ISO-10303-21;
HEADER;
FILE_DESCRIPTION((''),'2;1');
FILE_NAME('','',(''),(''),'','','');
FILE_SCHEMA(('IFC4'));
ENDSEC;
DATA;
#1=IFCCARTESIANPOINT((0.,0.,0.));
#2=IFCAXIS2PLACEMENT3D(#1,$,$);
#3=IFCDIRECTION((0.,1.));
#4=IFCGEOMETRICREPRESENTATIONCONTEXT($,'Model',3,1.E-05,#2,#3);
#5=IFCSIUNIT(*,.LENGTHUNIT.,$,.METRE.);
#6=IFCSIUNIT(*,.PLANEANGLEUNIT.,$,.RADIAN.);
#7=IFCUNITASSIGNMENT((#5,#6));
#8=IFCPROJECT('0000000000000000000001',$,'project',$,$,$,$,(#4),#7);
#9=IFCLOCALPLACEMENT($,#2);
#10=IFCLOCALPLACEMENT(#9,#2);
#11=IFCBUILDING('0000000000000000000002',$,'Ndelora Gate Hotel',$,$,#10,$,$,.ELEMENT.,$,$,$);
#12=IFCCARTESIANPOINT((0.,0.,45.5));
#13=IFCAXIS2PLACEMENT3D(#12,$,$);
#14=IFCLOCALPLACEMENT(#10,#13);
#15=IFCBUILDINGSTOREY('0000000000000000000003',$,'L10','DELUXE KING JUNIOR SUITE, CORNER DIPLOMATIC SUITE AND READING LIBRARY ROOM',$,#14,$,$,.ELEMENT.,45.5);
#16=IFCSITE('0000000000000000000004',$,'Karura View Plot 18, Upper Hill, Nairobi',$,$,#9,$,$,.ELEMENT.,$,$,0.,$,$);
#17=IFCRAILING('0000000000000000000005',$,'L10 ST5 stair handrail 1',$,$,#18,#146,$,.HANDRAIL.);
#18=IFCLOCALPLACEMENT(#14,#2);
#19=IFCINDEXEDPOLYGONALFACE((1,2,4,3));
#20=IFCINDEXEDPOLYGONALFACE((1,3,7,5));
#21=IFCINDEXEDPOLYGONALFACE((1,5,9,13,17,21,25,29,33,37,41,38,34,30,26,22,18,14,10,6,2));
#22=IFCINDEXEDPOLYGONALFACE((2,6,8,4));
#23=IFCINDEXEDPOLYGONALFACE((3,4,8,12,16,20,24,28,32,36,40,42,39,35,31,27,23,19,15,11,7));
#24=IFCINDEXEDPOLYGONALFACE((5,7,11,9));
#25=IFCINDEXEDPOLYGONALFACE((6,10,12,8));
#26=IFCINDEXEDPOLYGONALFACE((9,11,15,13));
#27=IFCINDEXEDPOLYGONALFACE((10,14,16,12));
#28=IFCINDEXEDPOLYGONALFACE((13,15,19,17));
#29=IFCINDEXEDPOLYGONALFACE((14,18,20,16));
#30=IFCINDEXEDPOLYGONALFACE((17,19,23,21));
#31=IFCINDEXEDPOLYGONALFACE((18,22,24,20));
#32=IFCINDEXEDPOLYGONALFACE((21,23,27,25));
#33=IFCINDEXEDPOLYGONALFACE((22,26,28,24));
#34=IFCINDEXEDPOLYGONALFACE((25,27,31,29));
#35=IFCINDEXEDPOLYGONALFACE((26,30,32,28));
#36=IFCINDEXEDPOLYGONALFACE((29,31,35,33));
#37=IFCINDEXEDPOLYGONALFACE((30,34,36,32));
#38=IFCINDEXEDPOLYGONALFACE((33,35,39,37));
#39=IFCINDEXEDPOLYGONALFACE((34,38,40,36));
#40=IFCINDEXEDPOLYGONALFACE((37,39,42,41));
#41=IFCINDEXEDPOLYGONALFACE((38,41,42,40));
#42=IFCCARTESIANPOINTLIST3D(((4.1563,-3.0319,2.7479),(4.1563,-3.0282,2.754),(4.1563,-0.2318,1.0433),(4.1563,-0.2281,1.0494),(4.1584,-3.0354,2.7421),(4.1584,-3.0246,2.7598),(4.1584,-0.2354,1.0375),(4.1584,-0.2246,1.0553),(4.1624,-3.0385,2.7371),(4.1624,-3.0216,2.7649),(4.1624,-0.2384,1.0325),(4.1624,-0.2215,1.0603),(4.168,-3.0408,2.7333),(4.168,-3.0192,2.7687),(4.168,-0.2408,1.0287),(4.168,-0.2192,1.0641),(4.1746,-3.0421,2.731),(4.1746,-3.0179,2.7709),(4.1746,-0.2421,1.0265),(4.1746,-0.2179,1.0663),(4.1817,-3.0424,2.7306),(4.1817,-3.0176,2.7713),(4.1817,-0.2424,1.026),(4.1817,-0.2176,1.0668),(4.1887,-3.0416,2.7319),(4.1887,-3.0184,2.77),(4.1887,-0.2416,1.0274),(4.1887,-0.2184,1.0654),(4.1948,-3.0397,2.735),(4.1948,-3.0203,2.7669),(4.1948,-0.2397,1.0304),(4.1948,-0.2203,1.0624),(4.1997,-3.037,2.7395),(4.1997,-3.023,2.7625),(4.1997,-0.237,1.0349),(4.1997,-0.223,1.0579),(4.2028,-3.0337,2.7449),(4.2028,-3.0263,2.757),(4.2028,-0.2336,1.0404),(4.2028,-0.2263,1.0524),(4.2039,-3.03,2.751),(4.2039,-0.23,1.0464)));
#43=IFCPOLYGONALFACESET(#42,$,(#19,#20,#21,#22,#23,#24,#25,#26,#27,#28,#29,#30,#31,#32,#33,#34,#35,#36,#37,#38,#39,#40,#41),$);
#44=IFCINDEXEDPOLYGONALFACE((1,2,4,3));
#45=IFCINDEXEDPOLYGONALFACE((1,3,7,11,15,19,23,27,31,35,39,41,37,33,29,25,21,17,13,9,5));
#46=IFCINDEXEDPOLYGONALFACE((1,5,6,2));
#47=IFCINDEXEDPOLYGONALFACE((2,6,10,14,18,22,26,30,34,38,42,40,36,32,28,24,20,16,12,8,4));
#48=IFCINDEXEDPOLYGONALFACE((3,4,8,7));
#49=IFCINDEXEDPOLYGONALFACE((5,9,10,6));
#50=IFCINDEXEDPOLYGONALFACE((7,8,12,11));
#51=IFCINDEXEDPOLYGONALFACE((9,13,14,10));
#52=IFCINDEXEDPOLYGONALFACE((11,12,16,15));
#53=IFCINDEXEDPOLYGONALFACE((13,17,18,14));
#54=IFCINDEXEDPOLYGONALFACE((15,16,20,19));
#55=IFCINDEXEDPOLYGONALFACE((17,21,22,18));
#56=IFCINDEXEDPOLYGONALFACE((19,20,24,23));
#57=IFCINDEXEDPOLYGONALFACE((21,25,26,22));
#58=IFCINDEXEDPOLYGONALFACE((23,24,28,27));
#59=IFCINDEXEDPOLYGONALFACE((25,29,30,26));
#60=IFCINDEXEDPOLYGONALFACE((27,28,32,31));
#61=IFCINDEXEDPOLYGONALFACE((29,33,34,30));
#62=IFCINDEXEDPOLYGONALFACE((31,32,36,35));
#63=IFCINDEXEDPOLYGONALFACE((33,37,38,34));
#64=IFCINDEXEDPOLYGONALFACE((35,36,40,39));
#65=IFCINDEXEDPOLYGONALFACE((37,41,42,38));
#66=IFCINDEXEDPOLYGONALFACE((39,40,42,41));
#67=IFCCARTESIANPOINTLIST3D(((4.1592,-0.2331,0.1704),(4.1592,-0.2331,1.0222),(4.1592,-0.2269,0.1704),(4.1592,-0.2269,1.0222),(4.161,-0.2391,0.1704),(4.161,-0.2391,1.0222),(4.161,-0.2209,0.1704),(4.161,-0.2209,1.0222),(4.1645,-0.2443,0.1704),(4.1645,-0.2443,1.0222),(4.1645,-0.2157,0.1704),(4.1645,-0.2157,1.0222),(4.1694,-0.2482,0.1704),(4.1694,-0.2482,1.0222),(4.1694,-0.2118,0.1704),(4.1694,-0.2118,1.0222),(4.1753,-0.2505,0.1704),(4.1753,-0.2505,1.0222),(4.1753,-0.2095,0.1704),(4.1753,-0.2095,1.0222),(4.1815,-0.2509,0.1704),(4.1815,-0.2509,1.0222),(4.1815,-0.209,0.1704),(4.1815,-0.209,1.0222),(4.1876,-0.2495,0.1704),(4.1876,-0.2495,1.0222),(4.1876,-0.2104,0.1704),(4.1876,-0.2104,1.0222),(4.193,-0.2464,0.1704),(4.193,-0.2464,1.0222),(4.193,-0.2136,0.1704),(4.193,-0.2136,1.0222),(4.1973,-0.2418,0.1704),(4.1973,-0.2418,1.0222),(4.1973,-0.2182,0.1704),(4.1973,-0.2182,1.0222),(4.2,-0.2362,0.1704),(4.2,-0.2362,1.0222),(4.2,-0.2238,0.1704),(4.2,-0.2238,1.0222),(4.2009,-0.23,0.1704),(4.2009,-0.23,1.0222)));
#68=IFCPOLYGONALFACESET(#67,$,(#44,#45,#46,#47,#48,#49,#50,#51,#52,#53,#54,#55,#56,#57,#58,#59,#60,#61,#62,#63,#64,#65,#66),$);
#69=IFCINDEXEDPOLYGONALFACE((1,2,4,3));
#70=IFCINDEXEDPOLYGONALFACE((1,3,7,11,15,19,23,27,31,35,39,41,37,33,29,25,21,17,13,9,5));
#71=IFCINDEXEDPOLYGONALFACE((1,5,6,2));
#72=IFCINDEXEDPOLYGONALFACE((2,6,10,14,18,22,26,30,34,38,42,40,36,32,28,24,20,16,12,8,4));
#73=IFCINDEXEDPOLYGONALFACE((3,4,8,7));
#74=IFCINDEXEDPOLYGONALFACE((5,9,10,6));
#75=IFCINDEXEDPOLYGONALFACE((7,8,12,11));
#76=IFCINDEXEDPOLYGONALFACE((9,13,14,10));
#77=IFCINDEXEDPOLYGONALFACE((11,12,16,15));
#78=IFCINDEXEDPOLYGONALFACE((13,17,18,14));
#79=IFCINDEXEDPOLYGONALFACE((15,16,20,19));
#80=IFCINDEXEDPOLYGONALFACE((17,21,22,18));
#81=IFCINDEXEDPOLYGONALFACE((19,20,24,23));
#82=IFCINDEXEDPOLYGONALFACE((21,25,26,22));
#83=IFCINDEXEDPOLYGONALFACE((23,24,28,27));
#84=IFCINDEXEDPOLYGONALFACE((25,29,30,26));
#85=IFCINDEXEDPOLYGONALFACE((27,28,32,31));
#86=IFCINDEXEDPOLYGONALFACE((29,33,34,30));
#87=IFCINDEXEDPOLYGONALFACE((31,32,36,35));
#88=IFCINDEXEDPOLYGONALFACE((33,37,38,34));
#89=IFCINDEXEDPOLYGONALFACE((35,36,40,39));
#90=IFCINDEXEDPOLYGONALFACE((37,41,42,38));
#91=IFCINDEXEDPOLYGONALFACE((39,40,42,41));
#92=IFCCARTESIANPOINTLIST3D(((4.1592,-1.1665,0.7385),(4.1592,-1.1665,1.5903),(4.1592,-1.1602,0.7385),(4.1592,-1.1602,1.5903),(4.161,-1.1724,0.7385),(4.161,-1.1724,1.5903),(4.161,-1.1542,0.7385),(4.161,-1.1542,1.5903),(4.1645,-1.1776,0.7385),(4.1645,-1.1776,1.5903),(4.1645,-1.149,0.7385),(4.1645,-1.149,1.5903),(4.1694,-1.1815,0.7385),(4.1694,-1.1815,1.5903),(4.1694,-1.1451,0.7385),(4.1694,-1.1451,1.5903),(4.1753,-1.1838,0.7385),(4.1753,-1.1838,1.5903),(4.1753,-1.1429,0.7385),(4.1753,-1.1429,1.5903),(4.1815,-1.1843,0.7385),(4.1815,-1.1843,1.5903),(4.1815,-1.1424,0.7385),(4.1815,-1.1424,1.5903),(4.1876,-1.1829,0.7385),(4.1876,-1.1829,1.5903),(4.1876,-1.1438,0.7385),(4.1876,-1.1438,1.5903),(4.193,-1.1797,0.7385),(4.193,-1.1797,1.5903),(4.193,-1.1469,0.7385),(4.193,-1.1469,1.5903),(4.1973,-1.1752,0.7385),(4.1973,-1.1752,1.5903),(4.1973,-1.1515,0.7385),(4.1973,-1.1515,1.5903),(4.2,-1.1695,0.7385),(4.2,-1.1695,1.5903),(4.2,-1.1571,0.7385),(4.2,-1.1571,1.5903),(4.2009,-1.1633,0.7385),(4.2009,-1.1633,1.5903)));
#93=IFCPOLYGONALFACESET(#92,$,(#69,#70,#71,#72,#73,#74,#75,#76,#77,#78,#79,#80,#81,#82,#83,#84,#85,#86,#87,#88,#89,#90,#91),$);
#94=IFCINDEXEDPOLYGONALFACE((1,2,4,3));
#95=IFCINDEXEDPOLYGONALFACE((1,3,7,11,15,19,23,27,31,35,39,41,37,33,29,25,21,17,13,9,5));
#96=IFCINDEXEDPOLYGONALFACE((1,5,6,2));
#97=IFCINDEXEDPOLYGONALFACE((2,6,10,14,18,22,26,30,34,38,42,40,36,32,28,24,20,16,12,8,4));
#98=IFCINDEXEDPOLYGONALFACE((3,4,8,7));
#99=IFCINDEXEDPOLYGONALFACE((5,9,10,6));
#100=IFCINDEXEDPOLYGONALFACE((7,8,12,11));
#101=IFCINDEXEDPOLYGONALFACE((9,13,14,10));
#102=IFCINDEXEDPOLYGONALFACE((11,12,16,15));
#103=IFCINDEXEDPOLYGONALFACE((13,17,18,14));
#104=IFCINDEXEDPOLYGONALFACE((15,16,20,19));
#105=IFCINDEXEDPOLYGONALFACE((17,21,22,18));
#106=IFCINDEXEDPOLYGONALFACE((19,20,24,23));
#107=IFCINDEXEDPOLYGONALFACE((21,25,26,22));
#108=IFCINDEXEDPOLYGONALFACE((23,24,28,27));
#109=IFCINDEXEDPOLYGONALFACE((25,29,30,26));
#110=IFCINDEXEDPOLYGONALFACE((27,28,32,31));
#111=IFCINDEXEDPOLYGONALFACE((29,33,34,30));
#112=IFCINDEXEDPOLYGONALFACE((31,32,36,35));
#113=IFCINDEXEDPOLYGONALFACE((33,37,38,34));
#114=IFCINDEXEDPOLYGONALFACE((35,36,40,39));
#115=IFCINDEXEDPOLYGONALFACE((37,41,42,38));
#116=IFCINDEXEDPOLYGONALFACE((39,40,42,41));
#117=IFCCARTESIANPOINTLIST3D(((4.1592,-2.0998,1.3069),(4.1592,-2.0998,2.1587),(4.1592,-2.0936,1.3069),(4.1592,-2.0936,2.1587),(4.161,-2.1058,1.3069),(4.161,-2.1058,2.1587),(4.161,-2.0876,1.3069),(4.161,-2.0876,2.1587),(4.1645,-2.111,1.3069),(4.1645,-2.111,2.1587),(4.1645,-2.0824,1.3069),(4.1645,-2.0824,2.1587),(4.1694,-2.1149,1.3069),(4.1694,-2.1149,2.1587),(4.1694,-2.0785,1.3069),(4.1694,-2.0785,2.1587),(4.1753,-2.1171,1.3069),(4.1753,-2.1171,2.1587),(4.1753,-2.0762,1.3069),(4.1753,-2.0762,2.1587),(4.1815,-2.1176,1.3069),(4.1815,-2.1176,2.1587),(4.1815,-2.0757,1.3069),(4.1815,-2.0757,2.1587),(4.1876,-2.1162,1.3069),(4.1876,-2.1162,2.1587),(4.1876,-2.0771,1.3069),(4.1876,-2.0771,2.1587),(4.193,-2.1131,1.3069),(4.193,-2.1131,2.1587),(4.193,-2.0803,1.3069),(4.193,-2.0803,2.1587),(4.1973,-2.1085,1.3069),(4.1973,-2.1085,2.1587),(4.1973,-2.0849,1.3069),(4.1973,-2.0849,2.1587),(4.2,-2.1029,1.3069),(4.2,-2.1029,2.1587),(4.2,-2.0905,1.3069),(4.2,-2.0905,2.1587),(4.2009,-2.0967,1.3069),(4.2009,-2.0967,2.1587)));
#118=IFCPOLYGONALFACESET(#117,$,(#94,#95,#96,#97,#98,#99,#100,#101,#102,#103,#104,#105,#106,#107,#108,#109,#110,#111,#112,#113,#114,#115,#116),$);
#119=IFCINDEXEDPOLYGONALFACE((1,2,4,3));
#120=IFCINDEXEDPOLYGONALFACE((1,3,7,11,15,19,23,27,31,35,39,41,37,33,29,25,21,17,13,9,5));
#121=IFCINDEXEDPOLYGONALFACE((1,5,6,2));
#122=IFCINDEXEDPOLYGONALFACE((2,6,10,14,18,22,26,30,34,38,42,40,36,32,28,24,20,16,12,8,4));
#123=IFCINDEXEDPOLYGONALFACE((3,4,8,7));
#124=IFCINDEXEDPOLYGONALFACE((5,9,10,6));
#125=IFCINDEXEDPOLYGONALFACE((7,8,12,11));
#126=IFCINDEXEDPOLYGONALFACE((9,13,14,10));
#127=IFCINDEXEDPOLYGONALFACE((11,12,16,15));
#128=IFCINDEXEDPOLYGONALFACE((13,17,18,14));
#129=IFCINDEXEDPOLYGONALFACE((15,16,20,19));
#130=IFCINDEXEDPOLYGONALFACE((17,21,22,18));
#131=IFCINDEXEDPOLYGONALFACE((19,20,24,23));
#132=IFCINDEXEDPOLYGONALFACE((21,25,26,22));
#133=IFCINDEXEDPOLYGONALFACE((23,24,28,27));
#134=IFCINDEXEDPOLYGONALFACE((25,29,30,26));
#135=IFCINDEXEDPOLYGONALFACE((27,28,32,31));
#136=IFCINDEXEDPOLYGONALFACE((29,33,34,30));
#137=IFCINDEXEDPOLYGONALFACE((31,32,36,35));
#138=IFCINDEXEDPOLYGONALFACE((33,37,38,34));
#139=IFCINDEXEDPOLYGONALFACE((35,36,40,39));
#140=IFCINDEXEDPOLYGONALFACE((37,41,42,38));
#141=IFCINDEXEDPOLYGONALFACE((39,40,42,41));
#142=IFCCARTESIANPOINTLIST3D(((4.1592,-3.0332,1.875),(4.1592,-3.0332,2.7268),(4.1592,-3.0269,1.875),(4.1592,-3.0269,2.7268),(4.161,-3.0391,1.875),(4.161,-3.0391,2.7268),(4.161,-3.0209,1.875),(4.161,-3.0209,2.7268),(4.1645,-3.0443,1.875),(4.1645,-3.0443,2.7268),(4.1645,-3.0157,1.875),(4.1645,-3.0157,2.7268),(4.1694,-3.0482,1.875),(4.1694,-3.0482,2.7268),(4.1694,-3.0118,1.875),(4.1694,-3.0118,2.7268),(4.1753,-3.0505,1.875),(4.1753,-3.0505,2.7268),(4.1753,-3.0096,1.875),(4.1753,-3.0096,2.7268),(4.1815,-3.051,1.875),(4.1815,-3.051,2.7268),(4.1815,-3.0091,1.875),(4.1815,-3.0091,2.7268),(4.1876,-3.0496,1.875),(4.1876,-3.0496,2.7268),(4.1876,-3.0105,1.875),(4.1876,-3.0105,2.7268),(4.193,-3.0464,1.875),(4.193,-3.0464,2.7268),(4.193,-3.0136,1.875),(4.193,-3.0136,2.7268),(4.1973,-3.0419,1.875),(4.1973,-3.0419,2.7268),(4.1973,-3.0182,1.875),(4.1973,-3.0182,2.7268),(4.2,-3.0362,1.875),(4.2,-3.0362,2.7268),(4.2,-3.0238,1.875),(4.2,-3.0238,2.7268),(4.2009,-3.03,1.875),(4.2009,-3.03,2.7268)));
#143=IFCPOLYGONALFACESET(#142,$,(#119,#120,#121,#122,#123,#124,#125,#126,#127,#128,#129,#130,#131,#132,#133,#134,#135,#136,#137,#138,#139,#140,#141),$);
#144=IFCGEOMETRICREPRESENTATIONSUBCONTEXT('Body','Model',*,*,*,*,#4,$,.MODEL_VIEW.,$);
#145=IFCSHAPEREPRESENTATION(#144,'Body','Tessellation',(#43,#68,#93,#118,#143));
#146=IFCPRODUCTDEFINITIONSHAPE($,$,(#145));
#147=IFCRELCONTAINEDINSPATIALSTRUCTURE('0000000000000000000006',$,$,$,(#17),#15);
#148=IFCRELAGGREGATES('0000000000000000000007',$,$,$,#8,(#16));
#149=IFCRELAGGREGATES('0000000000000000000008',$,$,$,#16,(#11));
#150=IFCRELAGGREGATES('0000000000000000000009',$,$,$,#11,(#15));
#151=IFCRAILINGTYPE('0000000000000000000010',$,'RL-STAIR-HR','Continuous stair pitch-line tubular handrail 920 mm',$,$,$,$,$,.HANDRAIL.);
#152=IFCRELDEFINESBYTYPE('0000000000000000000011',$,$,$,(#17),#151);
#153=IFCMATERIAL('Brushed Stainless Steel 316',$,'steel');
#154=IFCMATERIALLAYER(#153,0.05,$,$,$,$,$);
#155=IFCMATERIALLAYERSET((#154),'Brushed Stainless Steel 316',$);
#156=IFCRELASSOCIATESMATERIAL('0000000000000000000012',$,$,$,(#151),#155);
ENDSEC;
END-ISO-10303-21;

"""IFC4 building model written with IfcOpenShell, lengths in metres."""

from ifc_helpers import new_model, si_unit, direction, frame, origin, origin_2d, place, context, subcontext, project, spatial, circle, extrude, material, layer, layer_set, type_object, element, save


model = new_model("IFC4")

# Units and contexts
model_context = context("Model", 3, precision=1e-05, world=origin(), true_north=direction((0.0, 1.0)))
body_context = subcontext(model_context, "Body", "Model", "MODEL_VIEW")
ifc_project = project(units=[si_unit("LENGTHUNIT", "METRE"), si_unit("PLANEANGLEUNIT", "RADIAN")], contexts=[model_context])

# Site, building, storey
site_placement = place(None, origin())
site = spatial("IfcSite", under=ifc_project, at=site_placement, Name="Karura View Plot 18, Upper Hill, Nairobi", CompositionType="ELEMENT", RefElevation=0.0)
building_placement = place(site_placement, origin())
building = spatial("IfcBuilding", under=site, at=building_placement, Name="Ndelora Gate Hotel", CompositionType="ELEMENT")
storey_placement = place(building_placement, frame((0.0, 0.0, 45.5)))
storey = spatial("IfcBuildingStorey", under=building, at=storey_placement, Name="L10", Description="DELUXE KING JUNIOR SUITE, CORNER DIPLOMATIC SUITE AND READING LIBRARY ROOM", CompositionType="ELEMENT", Elevation=45.5)

# Railing
ifc_material_1 = material(Name="Brushed Stainless Steel 316", Category="steel")
ifc_layer_1 = layer(ifc_material_1, 0.05)
ifc_layer_set_1 = layer_set([ifc_layer_1], Name="Brushed Stainless Steel 316")
railing_type_1 = type_object("IfcRailingType", Name="RL-STAIR-HR", Description="Continuous stair pitch-line tubular handrail 920 mm", PredefinedType="HANDRAIL", material=ifc_layer_set_1)
railing_1_placement = place(storey_placement, frame((4.1799, -0.23, 0.1704)))
element("IfcRailing", 1, at=railing_1_placement, inside=storey, type_object=railing_type_1, Name="L10 ST5 stair handrail 1", PredefinedType="HANDRAIL", context=body_context, shape_type="SweptSolid", body=[
    extrude(circle(Radius=0.0239, at=origin_2d()), frame((0.0, 0.0, 0.876), z_axis=(0.0, -0.85417, 0.519994), x_axis=(1.0, 0.0, 0.0)), (0.0, 0.0, 1.0), 3.2781),
    extrude(circle(Radius=0.021, at=origin_2d()), origin(), (0.0, 0.0, 1.0), 0.8518),
    extrude(circle(Radius=0.021, at=origin_2d()), frame((0.0, -0.9333, 0.5681)), (0.0, 0.0, 1.0), 0.8518),
    extrude(circle(Radius=0.021, at=origin_2d()), frame((0.0, -1.8667, 1.1365)), (0.0, 0.0, 1.0), 0.8518),
    extrude(circle(Radius=0.021, at=origin_2d()), frame((0.0, -2.8, 1.7046)), (0.0, 0.0, 1.0), 0.8518),
])

save(model, "model.ifc")
